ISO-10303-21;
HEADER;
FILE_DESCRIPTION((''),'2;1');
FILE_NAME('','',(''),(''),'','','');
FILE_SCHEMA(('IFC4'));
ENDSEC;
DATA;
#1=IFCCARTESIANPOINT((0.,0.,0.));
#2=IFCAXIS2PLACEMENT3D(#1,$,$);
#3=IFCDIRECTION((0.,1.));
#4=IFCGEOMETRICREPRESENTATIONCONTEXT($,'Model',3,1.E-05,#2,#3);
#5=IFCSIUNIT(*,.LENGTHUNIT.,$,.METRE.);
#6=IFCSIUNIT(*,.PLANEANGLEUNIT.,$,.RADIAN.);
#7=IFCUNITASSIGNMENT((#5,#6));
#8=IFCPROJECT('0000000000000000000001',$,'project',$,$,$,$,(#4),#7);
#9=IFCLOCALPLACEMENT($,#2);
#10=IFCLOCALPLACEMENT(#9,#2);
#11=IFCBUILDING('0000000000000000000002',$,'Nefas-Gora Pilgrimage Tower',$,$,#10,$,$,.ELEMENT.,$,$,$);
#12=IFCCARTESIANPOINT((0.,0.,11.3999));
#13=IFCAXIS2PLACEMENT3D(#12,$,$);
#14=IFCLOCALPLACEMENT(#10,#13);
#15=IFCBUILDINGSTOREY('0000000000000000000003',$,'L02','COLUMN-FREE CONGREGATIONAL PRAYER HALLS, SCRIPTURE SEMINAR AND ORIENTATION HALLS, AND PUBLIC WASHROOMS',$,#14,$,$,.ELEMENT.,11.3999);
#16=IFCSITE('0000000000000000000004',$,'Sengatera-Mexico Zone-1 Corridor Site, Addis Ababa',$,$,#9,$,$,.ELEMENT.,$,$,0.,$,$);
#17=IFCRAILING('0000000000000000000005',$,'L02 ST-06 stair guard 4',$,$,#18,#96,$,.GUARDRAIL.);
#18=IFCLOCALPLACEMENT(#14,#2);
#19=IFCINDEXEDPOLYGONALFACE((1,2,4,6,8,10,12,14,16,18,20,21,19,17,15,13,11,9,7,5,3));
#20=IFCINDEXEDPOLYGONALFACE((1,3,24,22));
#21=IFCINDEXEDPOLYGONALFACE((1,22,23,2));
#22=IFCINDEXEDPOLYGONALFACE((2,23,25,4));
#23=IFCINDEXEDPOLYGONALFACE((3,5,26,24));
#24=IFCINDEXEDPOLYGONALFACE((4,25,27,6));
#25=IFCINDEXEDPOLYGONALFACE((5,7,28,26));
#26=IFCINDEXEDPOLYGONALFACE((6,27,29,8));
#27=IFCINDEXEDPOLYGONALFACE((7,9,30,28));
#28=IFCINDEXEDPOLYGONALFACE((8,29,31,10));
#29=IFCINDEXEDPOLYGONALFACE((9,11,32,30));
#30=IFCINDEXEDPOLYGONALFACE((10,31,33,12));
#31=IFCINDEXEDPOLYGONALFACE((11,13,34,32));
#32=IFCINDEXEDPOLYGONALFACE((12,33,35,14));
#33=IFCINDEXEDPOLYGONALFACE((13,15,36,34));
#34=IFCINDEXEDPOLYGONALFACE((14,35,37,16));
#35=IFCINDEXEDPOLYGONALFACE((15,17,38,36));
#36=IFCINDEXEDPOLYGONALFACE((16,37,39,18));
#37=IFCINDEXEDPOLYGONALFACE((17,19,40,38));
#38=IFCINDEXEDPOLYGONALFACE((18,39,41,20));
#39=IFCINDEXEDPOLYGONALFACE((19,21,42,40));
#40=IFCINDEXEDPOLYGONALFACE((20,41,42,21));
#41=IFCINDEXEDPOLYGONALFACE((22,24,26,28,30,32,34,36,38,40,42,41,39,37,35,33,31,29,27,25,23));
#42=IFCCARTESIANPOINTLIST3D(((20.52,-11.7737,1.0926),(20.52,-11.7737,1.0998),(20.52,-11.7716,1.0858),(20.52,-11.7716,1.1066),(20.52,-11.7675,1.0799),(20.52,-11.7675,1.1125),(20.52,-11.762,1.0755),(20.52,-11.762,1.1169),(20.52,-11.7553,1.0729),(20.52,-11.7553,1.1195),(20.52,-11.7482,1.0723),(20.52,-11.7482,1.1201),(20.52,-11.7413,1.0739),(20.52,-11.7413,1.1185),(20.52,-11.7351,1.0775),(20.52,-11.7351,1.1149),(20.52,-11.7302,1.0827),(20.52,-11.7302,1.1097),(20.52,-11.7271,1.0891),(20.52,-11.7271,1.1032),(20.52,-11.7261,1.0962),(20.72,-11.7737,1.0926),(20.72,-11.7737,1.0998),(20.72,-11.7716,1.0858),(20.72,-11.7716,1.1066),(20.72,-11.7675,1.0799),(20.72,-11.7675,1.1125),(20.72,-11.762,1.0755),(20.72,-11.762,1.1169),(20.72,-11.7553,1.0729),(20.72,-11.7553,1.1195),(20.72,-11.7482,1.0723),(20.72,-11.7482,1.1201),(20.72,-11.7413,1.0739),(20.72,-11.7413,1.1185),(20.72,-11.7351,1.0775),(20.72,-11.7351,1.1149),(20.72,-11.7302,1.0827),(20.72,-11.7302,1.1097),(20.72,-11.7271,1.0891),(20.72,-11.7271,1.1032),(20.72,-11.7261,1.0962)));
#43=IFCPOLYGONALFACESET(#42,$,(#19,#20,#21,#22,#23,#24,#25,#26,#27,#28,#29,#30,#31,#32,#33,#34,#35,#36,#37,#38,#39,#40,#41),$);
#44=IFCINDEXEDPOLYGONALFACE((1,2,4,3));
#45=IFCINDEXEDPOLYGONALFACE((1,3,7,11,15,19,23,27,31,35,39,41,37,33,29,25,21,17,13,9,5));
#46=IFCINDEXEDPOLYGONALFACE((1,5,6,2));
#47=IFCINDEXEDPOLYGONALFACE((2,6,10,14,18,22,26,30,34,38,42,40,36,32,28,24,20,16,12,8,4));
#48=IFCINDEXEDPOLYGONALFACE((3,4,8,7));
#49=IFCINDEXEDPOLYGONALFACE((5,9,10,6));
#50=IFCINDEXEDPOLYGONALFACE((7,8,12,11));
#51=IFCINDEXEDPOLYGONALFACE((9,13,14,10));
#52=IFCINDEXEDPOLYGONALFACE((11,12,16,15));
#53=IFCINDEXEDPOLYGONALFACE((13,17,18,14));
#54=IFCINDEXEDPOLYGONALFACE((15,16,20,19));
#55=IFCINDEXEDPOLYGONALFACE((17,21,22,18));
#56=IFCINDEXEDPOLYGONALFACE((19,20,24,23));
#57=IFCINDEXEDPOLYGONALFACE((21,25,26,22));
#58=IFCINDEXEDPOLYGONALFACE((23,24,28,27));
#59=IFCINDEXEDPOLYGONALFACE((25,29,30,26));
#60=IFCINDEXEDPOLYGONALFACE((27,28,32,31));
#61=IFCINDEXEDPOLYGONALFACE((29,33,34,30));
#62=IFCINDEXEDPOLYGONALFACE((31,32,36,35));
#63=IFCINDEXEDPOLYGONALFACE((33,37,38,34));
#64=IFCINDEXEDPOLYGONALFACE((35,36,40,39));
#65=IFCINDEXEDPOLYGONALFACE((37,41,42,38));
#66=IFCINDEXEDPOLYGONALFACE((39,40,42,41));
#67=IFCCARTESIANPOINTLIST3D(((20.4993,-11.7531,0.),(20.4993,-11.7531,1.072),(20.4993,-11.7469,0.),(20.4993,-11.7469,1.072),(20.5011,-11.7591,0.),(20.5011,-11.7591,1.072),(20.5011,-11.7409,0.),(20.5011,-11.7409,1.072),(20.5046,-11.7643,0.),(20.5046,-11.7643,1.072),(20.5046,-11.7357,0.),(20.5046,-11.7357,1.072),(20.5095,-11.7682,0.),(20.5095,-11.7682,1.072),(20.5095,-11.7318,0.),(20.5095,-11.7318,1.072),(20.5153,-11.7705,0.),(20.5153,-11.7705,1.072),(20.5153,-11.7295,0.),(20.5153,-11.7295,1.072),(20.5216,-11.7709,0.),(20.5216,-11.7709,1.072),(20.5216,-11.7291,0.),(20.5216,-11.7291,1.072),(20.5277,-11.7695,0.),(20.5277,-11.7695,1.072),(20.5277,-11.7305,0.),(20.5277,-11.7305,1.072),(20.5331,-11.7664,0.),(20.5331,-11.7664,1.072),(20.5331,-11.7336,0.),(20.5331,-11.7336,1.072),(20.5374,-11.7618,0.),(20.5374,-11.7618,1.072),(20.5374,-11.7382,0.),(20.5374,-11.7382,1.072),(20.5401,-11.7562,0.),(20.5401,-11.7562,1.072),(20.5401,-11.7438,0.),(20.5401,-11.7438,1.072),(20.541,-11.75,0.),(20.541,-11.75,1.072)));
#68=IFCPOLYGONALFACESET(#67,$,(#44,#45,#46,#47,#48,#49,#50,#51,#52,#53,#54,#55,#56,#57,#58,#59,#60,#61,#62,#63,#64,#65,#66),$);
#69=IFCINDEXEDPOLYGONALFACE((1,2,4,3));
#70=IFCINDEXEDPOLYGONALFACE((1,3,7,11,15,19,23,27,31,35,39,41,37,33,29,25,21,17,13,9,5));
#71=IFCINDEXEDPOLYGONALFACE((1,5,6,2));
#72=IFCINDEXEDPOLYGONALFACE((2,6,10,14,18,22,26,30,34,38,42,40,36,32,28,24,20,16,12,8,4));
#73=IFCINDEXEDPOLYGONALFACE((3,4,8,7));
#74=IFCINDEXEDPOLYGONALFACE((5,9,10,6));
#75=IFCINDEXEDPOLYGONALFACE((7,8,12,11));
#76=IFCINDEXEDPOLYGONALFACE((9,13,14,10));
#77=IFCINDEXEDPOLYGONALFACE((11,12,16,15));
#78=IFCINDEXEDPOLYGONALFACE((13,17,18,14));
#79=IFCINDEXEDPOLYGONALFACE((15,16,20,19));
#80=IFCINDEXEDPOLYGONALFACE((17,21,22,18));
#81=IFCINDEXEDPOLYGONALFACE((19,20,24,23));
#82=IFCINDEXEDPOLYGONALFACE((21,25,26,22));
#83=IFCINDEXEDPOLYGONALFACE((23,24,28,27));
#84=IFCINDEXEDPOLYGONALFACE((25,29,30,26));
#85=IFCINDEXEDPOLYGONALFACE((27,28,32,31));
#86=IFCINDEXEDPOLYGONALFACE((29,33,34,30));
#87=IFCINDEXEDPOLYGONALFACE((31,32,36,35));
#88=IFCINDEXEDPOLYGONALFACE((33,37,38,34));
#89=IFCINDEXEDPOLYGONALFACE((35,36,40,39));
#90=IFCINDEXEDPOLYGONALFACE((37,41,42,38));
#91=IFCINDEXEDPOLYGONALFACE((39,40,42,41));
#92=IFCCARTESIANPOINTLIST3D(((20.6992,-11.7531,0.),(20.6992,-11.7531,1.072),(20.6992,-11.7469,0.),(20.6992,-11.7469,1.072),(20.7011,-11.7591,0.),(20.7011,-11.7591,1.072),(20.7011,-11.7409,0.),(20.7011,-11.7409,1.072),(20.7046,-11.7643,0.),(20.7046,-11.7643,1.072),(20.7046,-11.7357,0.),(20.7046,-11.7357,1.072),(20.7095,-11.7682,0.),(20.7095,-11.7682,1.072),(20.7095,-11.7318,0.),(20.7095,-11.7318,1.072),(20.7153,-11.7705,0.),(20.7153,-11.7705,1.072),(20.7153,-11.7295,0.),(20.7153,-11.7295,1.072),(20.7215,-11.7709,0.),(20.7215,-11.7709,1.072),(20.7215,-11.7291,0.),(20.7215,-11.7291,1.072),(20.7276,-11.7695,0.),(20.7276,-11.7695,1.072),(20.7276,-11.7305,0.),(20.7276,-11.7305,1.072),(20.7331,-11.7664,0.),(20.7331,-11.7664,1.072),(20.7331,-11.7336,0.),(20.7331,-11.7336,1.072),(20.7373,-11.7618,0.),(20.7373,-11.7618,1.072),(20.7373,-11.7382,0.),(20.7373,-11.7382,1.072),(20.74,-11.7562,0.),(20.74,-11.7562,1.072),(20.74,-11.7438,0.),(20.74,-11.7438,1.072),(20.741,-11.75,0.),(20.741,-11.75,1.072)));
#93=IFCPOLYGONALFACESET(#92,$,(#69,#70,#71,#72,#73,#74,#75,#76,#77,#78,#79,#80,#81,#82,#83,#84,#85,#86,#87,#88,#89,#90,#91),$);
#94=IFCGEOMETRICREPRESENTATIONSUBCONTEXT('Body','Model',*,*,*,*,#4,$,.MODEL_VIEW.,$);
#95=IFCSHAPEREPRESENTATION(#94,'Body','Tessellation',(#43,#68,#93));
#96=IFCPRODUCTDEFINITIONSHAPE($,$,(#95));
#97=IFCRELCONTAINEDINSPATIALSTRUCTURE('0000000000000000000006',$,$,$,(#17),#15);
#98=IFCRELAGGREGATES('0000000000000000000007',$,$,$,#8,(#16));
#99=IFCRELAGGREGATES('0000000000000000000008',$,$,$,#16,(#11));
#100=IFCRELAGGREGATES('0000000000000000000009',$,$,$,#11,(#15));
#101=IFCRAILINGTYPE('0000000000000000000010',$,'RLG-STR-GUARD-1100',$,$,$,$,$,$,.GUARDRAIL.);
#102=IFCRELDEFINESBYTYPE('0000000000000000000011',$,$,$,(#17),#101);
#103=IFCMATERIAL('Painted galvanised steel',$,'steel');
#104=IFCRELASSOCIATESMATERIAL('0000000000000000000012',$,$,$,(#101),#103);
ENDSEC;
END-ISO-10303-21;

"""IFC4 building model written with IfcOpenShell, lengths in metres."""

from ifc_helpers import new_model, si_unit, direction, frame, origin, origin_2d, place, context, subcontext, project, spatial, circle, extrude, material, type_object, element, save


model = new_model("IFC4")

# Units and contexts
model_context = context("Model", 3, precision=1e-05, world=origin(), true_north=direction((0.0, 1.0)))
body_context = subcontext(model_context, "Body", "Model", "MODEL_VIEW")
ifc_project = project(units=[si_unit("LENGTHUNIT", "METRE"), si_unit("PLANEANGLEUNIT", "RADIAN")], contexts=[model_context])

# Site, building, storey
site_placement = place(None, origin())
site = spatial("IfcSite", under=ifc_project, at=site_placement, Name="Sengatera-Mexico Zone-1 Corridor Site, Addis Ababa", CompositionType="ELEMENT", RefElevation=0.0)
building_placement = place(site_placement, origin())
building = spatial("IfcBuilding", under=site, at=building_placement, Name="Nefas-Gora Pilgrimage Tower", CompositionType="ELEMENT")
storey_placement = place(building_placement, frame((0.0, 0.0, 11.3999)))
storey = spatial("IfcBuildingStorey", under=building, at=storey_placement, Name="L02", Description="COLUMN-FREE CONGREGATIONAL PRAYER HALLS, SCRIPTURE SEMINAR AND ORIENTATION HALLS, AND PUBLIC WASHROOMS", CompositionType="ELEMENT", Elevation=11.3999)

# Railing
ifc_material_1 = material(Name="Painted galvanised steel", Category="steel")
railing_type_1 = type_object("IfcRailingType", Name="RLG-STR-GUARD-1100", PredefinedType="GUARDRAIL", material=ifc_material_1)
railing_1_placement = place(storey_placement, frame((20.52, -11.75, 0.0)))
element("IfcRailing", 1, at=railing_1_placement, inside=storey, type_object=railing_type_1, Name="L02 ST-06 stair guard 4", PredefinedType="GUARDRAIL", context=body_context, shape_type="SweptSolid", body=[
    extrude(circle(Radius=0.0239, at=origin_2d()), frame((0.0, 0.0, 1.0962), z_axis=(1.0, 0.0, 0.0), x_axis=(0.0, 1.0, 0.0)), (0.0, 0.0, 1.0), 0.2),
    extrude(circle(Radius=0.021, at=origin_2d()), origin(), (0.0, 0.0, 1.0), 1.072),
    extrude(circle(Radius=0.021, at=origin_2d()), frame((0.2, 0.0, 0.0)), (0.0, 0.0, 1.0), 1.072),
])

save(model, "model.ifc")
